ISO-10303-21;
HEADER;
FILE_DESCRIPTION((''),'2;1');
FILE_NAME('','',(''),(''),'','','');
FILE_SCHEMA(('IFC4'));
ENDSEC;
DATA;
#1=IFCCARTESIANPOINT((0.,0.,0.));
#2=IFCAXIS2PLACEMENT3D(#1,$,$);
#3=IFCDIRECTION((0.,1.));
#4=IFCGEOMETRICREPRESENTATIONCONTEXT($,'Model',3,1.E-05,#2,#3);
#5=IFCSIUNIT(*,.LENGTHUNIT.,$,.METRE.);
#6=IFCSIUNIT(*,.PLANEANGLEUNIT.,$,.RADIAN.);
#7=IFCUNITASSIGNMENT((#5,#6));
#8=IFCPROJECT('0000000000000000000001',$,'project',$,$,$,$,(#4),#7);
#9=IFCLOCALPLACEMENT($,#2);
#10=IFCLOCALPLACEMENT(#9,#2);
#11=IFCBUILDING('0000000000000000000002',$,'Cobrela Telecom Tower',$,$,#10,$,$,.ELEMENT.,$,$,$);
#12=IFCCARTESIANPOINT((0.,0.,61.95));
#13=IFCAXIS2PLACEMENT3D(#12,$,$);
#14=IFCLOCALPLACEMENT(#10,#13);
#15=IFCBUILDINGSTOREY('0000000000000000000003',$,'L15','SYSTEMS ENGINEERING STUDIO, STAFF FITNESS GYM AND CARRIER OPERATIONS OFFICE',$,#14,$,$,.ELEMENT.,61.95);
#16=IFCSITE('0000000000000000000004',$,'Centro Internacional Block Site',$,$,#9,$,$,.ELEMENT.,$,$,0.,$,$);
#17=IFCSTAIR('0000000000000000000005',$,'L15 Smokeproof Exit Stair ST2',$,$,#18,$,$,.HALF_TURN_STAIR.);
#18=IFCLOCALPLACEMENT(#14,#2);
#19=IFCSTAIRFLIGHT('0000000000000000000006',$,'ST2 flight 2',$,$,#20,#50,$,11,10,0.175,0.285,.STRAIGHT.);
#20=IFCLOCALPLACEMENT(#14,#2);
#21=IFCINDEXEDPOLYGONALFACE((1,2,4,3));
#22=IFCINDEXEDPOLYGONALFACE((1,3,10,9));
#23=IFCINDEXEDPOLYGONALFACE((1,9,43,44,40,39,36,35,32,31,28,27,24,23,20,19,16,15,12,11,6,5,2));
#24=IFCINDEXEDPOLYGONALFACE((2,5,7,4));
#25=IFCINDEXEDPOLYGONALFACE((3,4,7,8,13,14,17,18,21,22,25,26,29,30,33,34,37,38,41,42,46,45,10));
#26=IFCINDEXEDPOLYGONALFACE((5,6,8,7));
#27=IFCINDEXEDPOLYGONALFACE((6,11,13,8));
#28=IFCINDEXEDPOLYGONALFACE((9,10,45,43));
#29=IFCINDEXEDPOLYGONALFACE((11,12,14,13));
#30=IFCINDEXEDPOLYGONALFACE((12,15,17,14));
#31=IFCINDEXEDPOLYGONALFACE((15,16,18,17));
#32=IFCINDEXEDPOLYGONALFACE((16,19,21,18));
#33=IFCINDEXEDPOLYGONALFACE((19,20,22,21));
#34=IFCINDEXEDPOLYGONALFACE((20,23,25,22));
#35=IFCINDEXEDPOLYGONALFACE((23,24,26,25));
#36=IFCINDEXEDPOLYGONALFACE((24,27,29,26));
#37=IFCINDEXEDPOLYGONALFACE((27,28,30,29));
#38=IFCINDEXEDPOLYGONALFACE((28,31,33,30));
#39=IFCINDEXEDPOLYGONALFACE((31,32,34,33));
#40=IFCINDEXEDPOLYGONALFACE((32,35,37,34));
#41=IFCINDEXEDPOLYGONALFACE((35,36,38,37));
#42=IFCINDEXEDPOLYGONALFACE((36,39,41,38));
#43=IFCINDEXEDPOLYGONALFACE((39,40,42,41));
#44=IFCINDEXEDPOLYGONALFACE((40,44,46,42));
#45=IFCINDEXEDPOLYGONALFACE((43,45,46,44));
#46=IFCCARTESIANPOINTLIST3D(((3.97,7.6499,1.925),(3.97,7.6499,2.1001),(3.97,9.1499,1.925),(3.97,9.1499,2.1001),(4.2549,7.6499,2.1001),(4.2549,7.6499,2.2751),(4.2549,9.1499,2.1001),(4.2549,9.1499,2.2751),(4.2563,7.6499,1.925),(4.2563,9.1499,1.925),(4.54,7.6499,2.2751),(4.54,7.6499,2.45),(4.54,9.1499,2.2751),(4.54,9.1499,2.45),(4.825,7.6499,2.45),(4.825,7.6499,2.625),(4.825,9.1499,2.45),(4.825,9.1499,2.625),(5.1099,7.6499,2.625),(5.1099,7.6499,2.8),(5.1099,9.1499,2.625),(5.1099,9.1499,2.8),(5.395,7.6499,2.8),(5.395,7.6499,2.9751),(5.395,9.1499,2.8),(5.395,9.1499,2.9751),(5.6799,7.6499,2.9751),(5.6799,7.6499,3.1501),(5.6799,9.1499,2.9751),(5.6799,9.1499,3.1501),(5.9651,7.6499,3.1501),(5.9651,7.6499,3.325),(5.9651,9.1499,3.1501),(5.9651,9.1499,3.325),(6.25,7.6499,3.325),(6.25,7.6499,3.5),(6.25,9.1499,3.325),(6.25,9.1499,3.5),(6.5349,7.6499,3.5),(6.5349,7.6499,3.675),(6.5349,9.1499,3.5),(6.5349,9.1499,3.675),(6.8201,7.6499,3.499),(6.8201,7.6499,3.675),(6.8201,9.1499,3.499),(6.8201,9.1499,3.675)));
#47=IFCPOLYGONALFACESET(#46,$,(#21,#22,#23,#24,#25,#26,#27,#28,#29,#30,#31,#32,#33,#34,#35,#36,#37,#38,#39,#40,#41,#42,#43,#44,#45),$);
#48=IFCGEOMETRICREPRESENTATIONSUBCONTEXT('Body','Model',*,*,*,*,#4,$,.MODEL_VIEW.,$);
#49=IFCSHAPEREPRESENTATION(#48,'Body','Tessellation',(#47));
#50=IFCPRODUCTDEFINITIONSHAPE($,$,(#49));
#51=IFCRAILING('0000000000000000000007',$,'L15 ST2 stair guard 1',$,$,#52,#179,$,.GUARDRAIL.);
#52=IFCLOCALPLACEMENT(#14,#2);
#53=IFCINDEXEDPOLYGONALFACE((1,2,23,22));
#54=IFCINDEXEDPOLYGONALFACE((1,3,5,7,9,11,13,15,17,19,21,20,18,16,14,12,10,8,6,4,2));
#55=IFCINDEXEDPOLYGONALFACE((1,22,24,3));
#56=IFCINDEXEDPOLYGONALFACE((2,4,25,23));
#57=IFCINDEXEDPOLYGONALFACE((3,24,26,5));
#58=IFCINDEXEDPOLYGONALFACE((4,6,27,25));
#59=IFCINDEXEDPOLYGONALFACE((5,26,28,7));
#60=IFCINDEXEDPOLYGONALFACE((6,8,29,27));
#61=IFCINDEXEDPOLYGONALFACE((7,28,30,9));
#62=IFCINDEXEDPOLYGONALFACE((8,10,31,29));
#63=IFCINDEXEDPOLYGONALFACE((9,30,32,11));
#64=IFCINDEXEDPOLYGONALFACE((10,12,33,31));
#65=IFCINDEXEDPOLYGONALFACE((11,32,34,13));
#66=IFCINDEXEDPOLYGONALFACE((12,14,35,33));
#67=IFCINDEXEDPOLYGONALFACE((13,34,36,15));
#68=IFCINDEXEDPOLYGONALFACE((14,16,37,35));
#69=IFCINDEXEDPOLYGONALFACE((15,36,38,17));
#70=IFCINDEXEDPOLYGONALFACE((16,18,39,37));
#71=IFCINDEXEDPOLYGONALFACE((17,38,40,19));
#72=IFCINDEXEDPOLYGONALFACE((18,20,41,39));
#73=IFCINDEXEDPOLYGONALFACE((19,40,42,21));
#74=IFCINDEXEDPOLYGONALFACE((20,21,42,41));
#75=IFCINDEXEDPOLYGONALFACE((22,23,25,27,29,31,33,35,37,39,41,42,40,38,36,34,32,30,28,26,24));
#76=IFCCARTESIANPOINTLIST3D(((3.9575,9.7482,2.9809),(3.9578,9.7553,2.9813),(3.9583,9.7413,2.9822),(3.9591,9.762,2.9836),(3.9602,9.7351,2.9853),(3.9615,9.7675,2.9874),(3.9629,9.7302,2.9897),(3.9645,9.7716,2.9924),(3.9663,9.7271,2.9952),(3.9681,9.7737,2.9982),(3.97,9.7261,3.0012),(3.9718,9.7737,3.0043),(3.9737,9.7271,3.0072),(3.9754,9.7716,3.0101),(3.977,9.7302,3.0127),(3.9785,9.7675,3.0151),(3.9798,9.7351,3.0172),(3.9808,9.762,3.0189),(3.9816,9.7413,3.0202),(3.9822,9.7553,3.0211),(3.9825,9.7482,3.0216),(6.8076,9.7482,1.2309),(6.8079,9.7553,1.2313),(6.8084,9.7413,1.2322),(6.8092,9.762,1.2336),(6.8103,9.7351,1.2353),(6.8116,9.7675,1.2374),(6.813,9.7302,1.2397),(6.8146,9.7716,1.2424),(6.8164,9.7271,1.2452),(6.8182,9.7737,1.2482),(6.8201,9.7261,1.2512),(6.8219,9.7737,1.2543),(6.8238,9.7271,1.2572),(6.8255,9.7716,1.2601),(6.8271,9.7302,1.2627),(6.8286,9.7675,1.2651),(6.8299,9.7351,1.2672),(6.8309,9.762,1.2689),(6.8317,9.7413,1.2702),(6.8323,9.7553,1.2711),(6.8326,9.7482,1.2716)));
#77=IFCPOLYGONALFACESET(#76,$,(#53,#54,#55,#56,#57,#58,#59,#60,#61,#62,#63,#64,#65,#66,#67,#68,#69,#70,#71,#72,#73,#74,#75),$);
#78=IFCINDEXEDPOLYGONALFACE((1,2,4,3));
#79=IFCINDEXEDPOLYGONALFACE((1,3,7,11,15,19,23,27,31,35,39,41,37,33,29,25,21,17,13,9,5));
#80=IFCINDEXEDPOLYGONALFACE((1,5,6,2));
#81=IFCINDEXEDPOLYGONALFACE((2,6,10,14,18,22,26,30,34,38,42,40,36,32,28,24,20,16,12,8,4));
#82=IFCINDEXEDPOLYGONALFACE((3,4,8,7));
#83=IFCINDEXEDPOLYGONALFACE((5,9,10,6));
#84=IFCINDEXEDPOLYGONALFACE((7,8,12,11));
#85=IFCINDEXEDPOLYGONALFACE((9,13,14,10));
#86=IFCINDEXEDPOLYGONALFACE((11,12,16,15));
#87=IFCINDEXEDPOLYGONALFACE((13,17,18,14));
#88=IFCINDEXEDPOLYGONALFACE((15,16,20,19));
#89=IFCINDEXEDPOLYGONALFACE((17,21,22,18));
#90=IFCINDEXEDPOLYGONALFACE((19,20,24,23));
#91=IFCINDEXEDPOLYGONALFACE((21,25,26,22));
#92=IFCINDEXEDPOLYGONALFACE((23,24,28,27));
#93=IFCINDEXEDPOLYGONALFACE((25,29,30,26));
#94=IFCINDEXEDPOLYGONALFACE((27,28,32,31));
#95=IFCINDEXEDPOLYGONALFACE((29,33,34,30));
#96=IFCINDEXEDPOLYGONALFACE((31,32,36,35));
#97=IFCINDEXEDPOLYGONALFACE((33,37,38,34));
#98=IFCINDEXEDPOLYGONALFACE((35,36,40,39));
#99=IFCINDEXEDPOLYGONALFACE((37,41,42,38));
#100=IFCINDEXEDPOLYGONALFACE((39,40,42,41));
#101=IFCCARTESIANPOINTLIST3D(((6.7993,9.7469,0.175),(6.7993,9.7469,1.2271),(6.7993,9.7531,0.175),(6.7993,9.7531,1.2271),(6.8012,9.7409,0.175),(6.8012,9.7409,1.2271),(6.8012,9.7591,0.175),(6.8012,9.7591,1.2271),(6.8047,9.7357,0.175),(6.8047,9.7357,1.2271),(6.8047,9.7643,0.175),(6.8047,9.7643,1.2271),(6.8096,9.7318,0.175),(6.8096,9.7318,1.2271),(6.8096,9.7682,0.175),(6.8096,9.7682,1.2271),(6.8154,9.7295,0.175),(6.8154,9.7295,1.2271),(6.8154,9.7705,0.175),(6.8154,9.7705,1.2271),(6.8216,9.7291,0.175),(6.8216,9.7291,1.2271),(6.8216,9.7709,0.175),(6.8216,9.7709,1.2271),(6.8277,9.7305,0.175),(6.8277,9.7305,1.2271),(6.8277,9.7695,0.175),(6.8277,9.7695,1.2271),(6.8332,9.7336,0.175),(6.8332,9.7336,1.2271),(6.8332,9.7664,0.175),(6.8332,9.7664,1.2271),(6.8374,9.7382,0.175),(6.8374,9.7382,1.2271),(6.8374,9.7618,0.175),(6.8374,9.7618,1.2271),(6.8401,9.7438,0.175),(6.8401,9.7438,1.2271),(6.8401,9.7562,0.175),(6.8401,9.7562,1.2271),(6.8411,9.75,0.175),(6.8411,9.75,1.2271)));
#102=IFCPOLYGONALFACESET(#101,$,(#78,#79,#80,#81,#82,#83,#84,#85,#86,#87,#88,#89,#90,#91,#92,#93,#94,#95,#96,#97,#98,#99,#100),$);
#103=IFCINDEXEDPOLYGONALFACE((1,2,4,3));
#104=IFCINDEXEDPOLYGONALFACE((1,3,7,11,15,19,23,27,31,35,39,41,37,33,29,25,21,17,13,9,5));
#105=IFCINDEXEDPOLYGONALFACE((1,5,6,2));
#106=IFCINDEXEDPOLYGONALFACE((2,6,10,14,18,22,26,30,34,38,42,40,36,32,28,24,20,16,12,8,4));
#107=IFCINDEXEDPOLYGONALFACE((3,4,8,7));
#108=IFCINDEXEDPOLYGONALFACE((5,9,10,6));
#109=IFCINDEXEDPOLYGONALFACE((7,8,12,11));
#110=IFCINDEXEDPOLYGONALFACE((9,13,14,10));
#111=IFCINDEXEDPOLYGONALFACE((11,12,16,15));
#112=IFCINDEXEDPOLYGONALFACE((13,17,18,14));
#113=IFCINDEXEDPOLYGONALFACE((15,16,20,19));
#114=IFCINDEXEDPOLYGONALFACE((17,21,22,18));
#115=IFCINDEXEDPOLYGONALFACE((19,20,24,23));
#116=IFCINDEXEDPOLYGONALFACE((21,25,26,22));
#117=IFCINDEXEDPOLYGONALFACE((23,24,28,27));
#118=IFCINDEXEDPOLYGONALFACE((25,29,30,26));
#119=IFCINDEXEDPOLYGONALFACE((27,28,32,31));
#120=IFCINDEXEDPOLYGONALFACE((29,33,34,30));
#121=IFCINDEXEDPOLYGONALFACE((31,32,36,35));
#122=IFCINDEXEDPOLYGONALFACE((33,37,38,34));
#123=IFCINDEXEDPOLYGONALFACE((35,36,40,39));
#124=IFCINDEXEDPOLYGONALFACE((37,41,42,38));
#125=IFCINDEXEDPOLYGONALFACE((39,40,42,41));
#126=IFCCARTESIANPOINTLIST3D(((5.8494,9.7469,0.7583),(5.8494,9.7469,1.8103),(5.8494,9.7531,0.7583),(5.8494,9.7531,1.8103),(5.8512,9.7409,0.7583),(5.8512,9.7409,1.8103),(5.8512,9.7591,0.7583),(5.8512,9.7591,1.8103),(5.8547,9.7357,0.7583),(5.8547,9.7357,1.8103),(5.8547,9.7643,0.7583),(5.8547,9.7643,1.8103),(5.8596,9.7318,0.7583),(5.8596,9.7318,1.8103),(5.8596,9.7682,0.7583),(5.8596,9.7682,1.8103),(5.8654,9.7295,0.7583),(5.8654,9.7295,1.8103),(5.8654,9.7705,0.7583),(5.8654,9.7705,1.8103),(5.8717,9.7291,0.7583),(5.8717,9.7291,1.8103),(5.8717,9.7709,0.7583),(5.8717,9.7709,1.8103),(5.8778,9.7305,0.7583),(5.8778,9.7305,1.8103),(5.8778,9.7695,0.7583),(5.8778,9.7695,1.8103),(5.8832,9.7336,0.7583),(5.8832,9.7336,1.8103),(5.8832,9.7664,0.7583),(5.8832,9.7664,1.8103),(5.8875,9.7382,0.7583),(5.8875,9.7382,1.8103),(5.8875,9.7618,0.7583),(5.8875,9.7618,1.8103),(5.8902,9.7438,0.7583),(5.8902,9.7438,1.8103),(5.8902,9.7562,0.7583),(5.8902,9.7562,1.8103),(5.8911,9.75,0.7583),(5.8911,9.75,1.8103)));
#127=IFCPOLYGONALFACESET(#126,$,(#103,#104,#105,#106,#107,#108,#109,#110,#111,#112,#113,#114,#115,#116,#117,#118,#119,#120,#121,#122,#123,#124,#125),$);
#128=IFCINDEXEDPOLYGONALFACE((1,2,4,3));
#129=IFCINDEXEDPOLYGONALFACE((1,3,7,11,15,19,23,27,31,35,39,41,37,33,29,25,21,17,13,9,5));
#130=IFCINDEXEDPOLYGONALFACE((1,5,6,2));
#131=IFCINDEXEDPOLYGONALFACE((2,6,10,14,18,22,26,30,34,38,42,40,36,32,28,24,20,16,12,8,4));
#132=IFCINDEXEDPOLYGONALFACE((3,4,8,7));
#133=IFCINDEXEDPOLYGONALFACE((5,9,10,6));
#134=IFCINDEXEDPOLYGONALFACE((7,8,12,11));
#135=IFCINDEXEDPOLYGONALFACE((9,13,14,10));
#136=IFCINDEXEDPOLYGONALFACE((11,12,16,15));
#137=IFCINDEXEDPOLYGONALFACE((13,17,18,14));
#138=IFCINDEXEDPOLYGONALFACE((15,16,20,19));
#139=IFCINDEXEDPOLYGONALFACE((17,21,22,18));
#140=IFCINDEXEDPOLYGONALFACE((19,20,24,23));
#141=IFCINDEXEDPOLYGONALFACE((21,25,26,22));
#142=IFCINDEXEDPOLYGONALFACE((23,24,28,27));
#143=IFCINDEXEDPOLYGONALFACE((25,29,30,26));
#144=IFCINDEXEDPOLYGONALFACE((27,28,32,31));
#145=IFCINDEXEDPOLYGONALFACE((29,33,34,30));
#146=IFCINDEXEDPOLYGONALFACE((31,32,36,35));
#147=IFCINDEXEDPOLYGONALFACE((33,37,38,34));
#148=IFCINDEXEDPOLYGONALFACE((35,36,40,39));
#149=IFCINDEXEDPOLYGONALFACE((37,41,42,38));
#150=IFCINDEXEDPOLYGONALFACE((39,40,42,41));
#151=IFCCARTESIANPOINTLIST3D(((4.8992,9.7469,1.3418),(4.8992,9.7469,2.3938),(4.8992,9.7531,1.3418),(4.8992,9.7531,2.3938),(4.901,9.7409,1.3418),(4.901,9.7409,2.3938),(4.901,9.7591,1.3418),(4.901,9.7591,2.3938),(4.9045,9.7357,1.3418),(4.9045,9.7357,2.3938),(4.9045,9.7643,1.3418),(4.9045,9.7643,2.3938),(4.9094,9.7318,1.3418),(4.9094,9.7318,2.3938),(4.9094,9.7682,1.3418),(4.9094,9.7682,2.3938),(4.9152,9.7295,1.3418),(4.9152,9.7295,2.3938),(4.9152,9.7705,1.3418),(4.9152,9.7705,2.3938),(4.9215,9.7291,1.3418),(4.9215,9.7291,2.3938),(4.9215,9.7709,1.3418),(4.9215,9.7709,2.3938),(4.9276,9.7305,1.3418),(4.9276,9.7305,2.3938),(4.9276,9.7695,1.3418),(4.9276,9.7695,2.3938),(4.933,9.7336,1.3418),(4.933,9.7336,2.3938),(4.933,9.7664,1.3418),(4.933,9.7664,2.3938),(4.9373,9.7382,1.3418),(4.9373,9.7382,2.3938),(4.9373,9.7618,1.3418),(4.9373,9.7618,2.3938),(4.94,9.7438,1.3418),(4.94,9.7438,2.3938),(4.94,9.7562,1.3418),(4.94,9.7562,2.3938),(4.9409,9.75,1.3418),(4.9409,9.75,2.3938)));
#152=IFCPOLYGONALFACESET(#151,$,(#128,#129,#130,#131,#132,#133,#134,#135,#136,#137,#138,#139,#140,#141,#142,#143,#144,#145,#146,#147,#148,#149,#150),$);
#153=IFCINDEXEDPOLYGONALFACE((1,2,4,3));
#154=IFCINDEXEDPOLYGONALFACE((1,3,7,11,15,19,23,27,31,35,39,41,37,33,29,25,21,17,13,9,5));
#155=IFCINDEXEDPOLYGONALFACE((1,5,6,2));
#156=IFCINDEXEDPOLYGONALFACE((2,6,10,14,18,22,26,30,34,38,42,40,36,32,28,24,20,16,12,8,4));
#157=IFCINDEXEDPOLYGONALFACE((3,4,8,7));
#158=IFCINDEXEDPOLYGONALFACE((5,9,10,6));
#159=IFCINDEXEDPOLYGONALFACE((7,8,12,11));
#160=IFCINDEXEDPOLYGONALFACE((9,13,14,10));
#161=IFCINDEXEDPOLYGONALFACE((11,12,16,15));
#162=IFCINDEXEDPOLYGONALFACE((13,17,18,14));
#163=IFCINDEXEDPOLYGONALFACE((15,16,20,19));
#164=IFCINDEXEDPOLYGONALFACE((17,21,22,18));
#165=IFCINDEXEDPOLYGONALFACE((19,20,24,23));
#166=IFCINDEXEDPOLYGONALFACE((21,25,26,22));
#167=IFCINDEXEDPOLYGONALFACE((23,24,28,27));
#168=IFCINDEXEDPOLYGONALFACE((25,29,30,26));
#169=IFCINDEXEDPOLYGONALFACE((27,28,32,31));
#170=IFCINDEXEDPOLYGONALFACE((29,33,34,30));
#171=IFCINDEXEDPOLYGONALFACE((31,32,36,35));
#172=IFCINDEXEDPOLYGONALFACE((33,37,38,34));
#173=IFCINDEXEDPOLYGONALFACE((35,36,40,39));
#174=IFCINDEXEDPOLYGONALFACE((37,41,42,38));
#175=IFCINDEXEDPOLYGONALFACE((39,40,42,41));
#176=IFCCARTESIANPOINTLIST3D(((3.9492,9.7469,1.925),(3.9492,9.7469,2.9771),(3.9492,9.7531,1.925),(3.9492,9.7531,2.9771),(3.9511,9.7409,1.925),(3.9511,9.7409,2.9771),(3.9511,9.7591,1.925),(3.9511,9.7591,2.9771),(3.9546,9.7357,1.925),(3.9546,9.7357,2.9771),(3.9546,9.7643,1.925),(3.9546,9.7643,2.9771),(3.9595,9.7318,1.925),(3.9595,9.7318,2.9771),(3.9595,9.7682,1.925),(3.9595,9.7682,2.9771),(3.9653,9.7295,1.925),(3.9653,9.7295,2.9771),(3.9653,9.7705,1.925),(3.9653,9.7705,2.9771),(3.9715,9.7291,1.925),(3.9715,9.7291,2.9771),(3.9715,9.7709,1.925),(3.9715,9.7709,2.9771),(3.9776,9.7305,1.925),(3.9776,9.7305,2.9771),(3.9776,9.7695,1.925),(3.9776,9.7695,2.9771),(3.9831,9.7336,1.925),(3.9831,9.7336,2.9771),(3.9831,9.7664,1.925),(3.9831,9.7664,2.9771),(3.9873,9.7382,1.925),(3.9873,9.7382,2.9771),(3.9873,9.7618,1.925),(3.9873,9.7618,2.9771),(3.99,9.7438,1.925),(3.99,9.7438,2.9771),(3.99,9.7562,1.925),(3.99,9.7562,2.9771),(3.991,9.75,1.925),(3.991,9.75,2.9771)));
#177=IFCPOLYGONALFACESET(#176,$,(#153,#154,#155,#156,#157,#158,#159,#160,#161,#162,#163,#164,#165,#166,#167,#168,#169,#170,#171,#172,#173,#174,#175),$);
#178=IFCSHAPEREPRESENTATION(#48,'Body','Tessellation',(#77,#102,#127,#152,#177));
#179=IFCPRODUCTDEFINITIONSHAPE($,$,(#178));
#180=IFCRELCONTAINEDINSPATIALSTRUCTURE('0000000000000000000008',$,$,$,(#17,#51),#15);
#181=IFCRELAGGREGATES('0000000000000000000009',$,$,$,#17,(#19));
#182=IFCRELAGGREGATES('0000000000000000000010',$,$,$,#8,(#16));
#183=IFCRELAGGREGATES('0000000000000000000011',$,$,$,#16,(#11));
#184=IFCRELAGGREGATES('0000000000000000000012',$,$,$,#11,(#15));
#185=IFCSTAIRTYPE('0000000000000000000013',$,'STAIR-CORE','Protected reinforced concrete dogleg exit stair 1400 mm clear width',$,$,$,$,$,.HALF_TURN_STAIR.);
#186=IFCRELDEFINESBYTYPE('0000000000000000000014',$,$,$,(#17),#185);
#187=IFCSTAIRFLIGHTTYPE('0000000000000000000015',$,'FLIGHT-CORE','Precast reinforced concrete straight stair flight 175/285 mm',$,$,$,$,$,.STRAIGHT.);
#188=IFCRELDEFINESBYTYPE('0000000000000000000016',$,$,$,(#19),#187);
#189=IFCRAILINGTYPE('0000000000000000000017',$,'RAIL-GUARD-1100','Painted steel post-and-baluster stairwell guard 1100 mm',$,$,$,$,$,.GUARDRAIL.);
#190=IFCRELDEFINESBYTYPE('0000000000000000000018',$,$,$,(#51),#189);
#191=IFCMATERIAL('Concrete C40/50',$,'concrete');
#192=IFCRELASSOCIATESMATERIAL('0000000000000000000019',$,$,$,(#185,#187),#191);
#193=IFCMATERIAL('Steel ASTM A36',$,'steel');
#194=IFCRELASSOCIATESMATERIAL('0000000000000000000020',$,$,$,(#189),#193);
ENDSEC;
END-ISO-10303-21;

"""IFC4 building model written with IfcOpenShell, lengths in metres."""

from ifc_helpers import new_model, si_unit, direction, frame, origin, origin_2d, place, context, subcontext, project, spatial, polyline, circle, outline, extrude, material, type_object, element, aggregate, save


model = new_model("IFC4")

# Units and contexts
model_context = context("Model", 3, precision=1e-05, world=origin(), true_north=direction((0.0, 1.0)))
body_context = subcontext(model_context, "Body", "Model", "MODEL_VIEW")
ifc_project = project(units=[si_unit("LENGTHUNIT", "METRE"), si_unit("PLANEANGLEUNIT", "RADIAN")], contexts=[model_context])

# Site, building, storey
site_placement = place(None, origin())
site = spatial("IfcSite", under=ifc_project, at=site_placement, Name="Centro Internacional Block Site", CompositionType="ELEMENT", RefElevation=0.0)
building_placement = place(site_placement, origin())
building = spatial("IfcBuilding", under=site, at=building_placement, Name="Cobrela Telecom Tower", CompositionType="ELEMENT")
storey_placement = place(building_placement, frame((0.0, 0.0, 61.95)))
storey = spatial("IfcBuildingStorey", under=building, at=storey_placement, Name="L15", Description="SYSTEMS ENGINEERING STUDIO, STAFF FITNESS GYM AND CARRIER OPERATIONS OFFICE", CompositionType="ELEMENT", Elevation=61.95)

# Shared definitions
ifc_material_1 = material(Name="Concrete C40/50", Category="concrete")

# Stair, stair flight
stair_type = type_object("IfcStairType", Name="STAIR-CORE", Description="Protected reinforced concrete dogleg exit stair 1400 mm clear width", PredefinedType="HALF_TURN_STAIR", material=ifc_material_1)
stair_placement = place(storey_placement, origin())
stair = element("IfcStair", 1, at=stair_placement, inside=storey, type_object=stair_type, Name="L15 Smokeproof Exit Stair ST2", PredefinedType="HALF_TURN_STAIR")
stair_flight_type = type_object("IfcStairFlightType", Name="FLIGHT-CORE", Description="Precast reinforced concrete straight stair flight 175/285 mm", PredefinedType="STRAIGHT", material=ifc_material_1)
stair_flight_1_placement = place(storey_placement, frame((3.97, 8.3999, 1.925), z_axis=(0.0, 0.0, 1.0), x_axis=(1.0, 0.0, 0.0)))
stair_flight_1 = element("IfcStairFlight", 2, at=stair_flight_1_placement, type_object=stair_flight_type, Name="ST2 flight 2", NumberOfRisers=11, NumberOfTreads=10, PredefinedType="STRAIGHT", RiserHeight=0.175, TreadLength=0.285, context=body_context, shape_type="SweptSolid", body=[
    extrude(outline(polyline([(0.0, 0.0), (0.0, 0.175), (0.2849, 0.175), (0.2849, 0.3501), (0.5701, 0.3501), (0.5701, 0.5249), (0.855, 0.5249), (0.855, 0.7), (1.1399, 0.7), (1.1399, 0.875), (1.425, 0.875), (1.425, 1.05), (1.71, 1.05), (1.71, 1.2251), (1.9951, 1.2251), (1.9951, 1.3999), (2.28, 1.3999), (2.28, 1.575), (2.5649, 1.575), (2.5649, 1.75), (2.8501, 1.75), (2.8501, 1.925), (2.8501, 1.574), (0.2864, 0.0), (0.0, 0.0)])), frame((0.0, 0.75, 0.0), z_axis=(0.0, -1.0, 0.0), x_axis=(1.0, 0.0, 0.0)), (0.0, 0.0, 1.0), 1.5),
])
aggregate(stair, [stair_flight_1])

# Railing
ifc_material_2 = material(Name="Steel ASTM A36", Category="steel")
railing_type_1 = type_object("IfcRailingType", Name="RAIL-GUARD-1100", Description="Painted steel post-and-baluster stairwell guard 1100 mm", PredefinedType="GUARDRAIL", material=ifc_material_2)
railing_1_placement = place(storey_placement, frame((6.8201, 9.75, 0.175)))
element("IfcRailing", 3, at=railing_1_placement, inside=storey, type_object=railing_type_1, Name="L15 ST2 stair guard 1", PredefinedType="GUARDRAIL", context=body_context, shape_type="SweptSolid", body=[
    extrude(circle(Radius=0.0239, at=origin_2d()), frame((0.0, 0.0, 1.0762), z_axis=(-0.852179, 0.0, 0.52325), x_axis=(0.0, -1.0, 0.0)), (0.0, 0.0, 1.0), 3.3445),
    extrude(circle(Radius=0.021, at=origin_2d()), origin(), (0.0, 0.0, 1.0), 1.052),
    extrude(circle(Radius=0.021, at=origin_2d()), frame((-0.95, 0.0, 0.5833)), (0.0, 0.0, 1.0), 1.052),
    extrude(circle(Radius=0.021, at=origin_2d()), frame((-1.9001, 0.0, 1.1667)), (0.0, 0.0, 1.0), 1.052),
    extrude(circle(Radius=0.021, at=origin_2d()), frame((-2.8501, 0.0, 1.75)), (0.0, 0.0, 1.0), 1.052),
])

save(model, "model.ifc")
